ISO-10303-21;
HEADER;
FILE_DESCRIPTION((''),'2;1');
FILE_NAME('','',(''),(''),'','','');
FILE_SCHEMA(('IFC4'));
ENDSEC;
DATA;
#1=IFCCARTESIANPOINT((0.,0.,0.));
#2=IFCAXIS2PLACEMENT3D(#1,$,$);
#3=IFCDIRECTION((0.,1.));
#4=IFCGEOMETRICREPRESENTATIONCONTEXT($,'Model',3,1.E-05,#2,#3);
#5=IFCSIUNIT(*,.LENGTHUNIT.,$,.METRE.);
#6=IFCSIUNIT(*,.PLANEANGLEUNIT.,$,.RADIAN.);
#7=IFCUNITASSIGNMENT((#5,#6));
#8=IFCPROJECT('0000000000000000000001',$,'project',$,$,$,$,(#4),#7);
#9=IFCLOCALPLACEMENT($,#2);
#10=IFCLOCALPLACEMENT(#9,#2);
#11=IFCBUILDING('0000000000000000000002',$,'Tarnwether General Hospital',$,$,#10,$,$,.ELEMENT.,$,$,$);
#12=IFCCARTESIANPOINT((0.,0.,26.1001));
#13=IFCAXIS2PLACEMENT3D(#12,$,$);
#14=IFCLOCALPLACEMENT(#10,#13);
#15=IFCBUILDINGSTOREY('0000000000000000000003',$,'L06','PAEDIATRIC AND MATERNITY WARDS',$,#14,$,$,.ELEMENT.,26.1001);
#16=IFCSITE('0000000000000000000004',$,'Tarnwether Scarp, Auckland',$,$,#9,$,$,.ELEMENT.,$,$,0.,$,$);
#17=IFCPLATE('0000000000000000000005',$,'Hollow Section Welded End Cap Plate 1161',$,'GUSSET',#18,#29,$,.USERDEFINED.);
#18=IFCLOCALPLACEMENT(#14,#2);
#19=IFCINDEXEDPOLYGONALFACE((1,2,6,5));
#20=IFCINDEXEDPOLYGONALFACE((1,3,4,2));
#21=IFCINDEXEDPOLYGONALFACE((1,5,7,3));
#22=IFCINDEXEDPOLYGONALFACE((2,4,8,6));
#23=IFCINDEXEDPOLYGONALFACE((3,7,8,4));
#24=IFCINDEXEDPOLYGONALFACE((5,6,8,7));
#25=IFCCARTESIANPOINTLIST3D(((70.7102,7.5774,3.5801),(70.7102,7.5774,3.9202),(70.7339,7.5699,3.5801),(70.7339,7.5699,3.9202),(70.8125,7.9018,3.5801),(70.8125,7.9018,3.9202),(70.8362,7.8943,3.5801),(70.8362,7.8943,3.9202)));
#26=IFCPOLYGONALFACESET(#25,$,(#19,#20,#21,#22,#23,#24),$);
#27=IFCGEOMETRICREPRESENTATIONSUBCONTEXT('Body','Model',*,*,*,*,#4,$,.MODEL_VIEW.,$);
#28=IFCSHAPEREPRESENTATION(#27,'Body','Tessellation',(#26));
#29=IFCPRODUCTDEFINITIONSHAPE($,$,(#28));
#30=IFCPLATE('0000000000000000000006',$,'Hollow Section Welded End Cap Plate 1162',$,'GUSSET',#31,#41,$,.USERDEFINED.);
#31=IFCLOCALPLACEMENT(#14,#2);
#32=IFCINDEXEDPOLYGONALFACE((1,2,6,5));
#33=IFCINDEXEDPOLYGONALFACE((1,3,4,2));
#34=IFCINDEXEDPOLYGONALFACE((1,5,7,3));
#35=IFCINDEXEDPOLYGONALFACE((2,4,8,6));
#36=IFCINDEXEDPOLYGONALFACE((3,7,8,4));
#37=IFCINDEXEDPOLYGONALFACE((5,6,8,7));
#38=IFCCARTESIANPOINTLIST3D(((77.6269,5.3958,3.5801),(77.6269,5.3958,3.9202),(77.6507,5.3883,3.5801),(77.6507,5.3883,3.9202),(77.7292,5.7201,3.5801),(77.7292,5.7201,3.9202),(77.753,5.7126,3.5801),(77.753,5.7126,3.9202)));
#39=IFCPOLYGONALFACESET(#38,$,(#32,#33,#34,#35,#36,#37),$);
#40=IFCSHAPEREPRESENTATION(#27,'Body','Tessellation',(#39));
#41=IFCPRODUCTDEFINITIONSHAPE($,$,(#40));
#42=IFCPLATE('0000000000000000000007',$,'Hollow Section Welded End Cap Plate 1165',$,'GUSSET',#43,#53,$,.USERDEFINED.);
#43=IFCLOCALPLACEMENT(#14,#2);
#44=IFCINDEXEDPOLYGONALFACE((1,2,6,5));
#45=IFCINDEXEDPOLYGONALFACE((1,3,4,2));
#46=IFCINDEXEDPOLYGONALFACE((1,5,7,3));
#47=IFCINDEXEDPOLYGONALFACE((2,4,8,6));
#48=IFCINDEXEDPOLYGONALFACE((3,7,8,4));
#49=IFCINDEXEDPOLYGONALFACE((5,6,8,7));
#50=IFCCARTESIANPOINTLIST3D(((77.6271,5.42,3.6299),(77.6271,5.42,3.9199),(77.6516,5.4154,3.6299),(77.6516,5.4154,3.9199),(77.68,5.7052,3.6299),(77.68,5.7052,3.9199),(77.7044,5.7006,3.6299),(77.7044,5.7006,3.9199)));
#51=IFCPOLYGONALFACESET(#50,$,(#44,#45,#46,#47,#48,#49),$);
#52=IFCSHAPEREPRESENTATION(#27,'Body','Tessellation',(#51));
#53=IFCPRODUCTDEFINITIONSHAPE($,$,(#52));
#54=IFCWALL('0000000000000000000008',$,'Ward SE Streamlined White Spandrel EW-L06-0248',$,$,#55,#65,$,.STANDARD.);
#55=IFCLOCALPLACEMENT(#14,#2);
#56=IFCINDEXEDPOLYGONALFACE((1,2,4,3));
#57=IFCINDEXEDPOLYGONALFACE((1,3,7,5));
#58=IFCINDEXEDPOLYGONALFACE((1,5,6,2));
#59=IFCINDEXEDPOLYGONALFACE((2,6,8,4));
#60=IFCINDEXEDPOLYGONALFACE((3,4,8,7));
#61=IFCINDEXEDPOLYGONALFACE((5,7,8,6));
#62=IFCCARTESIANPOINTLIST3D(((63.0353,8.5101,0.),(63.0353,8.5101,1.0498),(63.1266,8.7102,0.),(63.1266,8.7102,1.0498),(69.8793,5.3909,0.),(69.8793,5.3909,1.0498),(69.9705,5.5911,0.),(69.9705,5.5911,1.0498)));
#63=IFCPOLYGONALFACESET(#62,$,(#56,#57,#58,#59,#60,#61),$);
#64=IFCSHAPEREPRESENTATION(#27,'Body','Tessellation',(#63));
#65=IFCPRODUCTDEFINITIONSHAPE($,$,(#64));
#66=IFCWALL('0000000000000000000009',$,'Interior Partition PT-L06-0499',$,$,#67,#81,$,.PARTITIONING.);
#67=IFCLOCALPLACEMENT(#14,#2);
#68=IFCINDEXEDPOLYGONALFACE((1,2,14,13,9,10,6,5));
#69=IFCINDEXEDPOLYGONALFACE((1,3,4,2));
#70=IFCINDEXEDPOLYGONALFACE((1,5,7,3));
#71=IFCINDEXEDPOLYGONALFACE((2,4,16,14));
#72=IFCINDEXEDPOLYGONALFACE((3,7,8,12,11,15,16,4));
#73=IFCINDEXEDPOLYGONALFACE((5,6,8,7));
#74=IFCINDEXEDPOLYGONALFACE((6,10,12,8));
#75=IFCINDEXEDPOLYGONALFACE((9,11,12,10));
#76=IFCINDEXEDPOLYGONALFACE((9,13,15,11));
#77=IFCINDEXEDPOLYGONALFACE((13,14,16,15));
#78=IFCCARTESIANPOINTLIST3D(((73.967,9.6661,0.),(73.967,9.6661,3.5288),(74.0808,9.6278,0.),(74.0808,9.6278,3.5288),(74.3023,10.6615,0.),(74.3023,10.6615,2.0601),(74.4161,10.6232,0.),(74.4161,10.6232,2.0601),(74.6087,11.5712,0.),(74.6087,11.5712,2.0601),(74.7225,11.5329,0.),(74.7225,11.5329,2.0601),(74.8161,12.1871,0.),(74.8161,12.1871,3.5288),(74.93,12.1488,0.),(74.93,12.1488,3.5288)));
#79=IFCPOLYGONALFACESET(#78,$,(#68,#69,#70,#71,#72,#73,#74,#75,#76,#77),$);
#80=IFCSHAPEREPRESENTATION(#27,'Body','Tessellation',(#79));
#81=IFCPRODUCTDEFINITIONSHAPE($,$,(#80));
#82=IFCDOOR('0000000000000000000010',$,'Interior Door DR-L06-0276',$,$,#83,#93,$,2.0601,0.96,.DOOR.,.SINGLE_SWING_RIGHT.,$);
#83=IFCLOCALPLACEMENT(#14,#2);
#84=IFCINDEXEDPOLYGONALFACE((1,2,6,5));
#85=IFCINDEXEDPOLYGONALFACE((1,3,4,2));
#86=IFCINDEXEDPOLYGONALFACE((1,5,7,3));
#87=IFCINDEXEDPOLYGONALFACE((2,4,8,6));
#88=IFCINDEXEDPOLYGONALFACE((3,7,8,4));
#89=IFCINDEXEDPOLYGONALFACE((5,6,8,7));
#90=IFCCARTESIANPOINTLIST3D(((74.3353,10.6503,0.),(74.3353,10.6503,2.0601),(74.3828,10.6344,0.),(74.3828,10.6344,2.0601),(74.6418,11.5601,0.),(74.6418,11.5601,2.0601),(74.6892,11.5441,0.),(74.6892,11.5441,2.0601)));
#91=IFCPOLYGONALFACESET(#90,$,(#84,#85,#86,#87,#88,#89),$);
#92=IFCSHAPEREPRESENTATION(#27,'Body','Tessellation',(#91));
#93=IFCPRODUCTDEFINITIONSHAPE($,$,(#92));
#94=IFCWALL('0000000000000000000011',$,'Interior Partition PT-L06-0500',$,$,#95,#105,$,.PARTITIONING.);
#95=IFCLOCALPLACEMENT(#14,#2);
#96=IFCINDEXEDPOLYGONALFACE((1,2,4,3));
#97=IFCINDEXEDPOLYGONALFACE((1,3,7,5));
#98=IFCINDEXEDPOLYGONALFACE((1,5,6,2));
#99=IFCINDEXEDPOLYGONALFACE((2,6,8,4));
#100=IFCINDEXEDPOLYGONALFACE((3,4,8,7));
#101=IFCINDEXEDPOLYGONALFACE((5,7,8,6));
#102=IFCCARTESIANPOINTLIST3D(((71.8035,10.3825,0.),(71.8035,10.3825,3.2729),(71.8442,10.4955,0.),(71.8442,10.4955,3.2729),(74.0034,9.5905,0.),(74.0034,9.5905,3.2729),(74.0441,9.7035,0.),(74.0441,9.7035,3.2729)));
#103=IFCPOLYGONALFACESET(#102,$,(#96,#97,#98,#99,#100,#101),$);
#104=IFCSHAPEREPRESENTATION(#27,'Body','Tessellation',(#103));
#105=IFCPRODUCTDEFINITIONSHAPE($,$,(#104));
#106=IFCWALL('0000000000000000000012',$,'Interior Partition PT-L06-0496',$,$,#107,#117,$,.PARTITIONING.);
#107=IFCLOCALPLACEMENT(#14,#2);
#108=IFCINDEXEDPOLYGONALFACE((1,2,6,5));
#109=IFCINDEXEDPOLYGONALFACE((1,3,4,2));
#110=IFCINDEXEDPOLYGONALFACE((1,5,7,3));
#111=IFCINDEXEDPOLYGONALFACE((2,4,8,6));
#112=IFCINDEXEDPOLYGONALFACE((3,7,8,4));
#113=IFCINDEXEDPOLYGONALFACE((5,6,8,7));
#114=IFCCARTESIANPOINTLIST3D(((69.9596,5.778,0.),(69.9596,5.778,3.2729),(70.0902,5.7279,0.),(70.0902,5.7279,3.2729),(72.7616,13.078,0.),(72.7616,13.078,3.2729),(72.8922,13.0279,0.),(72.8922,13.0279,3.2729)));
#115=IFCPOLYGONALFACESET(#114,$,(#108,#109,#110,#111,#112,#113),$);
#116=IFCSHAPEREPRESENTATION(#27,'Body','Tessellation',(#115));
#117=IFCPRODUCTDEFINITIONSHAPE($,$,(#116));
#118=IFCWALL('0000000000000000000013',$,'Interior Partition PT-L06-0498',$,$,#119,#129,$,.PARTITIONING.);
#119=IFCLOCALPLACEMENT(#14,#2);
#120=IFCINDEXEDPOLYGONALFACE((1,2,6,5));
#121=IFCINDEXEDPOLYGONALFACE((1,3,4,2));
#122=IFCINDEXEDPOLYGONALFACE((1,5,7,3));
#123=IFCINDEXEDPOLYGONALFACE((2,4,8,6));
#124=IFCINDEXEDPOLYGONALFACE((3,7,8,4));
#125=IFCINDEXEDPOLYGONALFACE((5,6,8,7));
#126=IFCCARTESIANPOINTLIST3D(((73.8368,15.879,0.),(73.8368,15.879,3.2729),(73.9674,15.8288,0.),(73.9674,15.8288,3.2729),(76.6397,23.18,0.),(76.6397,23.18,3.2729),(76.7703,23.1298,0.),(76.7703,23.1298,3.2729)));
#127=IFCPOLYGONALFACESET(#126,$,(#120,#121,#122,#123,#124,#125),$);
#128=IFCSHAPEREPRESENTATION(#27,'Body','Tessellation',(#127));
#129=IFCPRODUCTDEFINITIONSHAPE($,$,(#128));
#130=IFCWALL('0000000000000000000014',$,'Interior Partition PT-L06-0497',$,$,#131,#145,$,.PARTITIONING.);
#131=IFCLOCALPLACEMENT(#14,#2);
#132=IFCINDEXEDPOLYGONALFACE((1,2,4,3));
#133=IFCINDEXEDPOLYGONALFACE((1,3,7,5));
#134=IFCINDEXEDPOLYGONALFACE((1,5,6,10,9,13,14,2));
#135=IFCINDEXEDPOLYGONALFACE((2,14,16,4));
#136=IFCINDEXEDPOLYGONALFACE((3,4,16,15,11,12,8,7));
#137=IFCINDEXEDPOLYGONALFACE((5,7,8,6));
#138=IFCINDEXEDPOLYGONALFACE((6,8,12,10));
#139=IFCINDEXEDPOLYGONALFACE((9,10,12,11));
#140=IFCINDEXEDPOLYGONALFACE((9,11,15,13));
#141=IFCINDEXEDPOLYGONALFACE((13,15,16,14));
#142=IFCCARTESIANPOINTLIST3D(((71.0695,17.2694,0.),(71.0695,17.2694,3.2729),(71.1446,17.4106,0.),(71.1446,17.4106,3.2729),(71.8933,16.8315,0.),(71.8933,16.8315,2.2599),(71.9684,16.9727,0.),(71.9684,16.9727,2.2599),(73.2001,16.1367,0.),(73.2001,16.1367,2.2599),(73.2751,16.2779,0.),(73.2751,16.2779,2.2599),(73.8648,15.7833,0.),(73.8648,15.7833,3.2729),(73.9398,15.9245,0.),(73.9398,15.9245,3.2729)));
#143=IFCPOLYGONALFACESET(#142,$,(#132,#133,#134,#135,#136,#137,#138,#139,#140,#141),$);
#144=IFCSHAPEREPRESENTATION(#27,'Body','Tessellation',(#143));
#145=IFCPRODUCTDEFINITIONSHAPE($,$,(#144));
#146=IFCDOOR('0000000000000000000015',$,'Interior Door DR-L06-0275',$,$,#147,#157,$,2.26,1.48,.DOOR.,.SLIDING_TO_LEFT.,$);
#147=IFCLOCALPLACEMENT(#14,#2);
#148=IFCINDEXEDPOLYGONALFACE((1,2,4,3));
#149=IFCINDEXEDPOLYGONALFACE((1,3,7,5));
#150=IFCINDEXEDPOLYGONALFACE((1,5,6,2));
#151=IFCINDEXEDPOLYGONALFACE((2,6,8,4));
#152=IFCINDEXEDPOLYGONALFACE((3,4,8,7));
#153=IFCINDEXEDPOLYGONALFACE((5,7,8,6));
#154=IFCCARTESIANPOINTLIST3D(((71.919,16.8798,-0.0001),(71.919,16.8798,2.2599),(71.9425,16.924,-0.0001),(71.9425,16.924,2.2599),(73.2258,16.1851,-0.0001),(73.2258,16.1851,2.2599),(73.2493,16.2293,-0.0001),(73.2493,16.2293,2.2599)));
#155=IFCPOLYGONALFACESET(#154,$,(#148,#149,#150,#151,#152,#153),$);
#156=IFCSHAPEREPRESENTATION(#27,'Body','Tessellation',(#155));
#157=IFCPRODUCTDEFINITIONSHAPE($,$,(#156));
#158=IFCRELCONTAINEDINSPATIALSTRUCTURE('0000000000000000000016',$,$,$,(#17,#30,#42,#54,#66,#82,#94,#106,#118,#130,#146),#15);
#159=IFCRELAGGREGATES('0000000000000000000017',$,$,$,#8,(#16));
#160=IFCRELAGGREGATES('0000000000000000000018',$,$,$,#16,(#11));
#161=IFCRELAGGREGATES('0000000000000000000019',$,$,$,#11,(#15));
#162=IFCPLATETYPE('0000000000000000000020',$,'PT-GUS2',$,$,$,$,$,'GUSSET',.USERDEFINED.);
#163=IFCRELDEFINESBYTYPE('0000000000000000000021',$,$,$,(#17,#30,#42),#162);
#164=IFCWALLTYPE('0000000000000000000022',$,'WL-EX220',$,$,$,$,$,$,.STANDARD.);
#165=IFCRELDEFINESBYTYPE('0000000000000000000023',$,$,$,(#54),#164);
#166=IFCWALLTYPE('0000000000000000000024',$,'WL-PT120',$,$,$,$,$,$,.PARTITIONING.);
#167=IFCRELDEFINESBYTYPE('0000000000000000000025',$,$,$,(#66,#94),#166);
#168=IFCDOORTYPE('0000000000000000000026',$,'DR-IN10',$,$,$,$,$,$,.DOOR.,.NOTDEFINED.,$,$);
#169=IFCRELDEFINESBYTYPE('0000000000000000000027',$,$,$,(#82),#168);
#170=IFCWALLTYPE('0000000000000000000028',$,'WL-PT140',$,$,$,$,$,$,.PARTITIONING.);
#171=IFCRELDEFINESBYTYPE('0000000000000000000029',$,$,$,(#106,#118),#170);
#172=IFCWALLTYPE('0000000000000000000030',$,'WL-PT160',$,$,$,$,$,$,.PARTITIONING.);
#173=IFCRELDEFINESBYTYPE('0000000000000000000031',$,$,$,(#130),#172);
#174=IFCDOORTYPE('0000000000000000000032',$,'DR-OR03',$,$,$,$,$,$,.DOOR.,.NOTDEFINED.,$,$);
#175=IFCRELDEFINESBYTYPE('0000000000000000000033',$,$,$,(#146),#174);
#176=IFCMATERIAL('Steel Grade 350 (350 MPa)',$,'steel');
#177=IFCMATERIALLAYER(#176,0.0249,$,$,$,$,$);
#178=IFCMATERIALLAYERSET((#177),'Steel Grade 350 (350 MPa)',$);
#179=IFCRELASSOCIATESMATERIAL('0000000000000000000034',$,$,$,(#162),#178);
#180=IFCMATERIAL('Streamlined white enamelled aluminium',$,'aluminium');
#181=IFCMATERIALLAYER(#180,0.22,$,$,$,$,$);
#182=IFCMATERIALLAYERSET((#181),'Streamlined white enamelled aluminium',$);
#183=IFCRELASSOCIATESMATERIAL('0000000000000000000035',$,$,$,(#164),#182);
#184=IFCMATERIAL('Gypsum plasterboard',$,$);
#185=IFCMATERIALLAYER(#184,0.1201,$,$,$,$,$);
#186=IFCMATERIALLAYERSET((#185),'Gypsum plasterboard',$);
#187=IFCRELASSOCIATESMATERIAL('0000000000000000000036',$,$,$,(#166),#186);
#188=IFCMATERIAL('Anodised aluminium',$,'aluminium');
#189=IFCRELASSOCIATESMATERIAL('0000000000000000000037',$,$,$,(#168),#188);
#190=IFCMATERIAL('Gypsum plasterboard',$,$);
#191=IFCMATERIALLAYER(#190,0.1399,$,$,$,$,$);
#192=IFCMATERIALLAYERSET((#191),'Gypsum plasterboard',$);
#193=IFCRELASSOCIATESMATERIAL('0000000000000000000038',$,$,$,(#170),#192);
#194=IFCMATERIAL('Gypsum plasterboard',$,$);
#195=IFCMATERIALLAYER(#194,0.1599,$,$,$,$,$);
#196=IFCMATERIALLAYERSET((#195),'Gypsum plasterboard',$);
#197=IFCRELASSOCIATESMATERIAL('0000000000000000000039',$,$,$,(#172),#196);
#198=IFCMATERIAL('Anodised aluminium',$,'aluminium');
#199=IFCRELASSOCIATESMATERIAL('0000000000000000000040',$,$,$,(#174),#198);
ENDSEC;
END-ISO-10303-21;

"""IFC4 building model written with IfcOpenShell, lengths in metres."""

from ifc_helpers import new_model, si_unit, direction, frame, frame_2d, origin, origin_2d, place, context, subcontext, project, spatial, rectangle, extrude, material, layer, layer_set, type_object, element, fill, save


model = new_model("IFC4")

# Units and contexts
model_context = context("Model", 3, precision=1e-05, world=origin(), true_north=direction((0.0, 1.0)))
body_context = subcontext(model_context, "Body", "Model", "MODEL_VIEW")
ifc_project = project(units=[si_unit("LENGTHUNIT", "METRE"), si_unit("PLANEANGLEUNIT", "RADIAN")], contexts=[model_context])

# Site, building, storey
site_placement = place(None, origin())
site = spatial("IfcSite", under=ifc_project, at=site_placement, Name="Tarnwether Scarp, Auckland", CompositionType="ELEMENT", RefElevation=0.0)
building_placement = place(site_placement, origin())
building = spatial("IfcBuilding", under=site, at=building_placement, Name="Tarnwether General Hospital", CompositionType="ELEMENT")
storey_placement = place(building_placement, frame((0.0, 0.0, 26.1001)))
storey = spatial("IfcBuildingStorey", under=building, at=storey_placement, Name="L06", Description="PAEDIATRIC AND MATERNITY WARDS", CompositionType="ELEMENT", Elevation=26.1001)

# Plates
ifc_material_1 = material(Name="Steel Grade 350 (350 MPa)", Category="steel")
ifc_layer_1 = layer(ifc_material_1, 0.0249)
ifc_layer_set_1 = layer_set([ifc_layer_1], Name="Steel Grade 350 (350 MPa)")
plate_type_1 = type_object("IfcPlateType", Name="PT-GUS2", ElementType="GUSSET", PredefinedType="USERDEFINED", material=ifc_layer_set_1)
for number, where, z_axis, x_axis, name in (
    (1, (70.7732, 7.7358, 3.5801), (0.0, 0.0, 1.0), (0.953691, -0.300789, 0.0), "Hollow Section Welded End Cap Plate 1161"),
    (2, (77.6899, 5.5542, 3.5801), (0.0, 0.0, 1.0), (0.953691, -0.300789, 0.0), "Hollow Section Welded End Cap Plate 1162"),
):
    element("IfcPlate", number, at=place(storey_placement, frame(where, z_axis=z_axis, x_axis=x_axis)), inside=storey, type_object=plate_type_1, Name=name, ObjectType="GUSSET", PredefinedType="USERDEFINED", context=body_context, shape_type="SweptSolid", body=[
        extrude(rectangle(XDim=0.0249, YDim=0.3401, at=origin_2d()), origin(), (0.0, 0.0, 1.0), 0.3401),
    ])
plate_1_placement = place(storey_placement, frame((77.6658, 5.5603, 3.6299), z_axis=(0.0, 0.0, 1.0), x_axis=(0.983261, -0.182201, 0.0)))
element("IfcPlate", 3, at=plate_1_placement, inside=storey, type_object=plate_type_1, Name="Hollow Section Welded End Cap Plate 1165", ObjectType="GUSSET", PredefinedType="USERDEFINED", context=body_context, shape_type="SweptSolid", body=[
    extrude(rectangle(XDim=0.0249, YDim=0.29, at=origin_2d()), origin(), (0.0, 0.0, 1.0), 0.29),
])

# Wall
ifc_material_2 = material(Name="Streamlined white enamelled aluminium", Category="aluminium")
ifc_layer_2 = layer(ifc_material_2, 0.22)
ifc_layer_set_2 = layer_set([ifc_layer_2], Name="Streamlined white enamelled aluminium")
wall_type_1 = type_object("IfcWallType", Name="WL-EX220", PredefinedType="STANDARD", material=ifc_layer_set_2)
wall_1_placement = place(storey_placement, frame((69.925, 5.491, 0.0), z_axis=(0.0, 0.0, 1.0), x_axis=(-0.909954, 0.41471, 0.0)))
element("IfcWall", 4, at=wall_1_placement, inside=storey, type_object=wall_type_1, Name="Ward SE Streamlined White Spandrel EW-L06-0248", PredefinedType="STANDARD", context=body_context, shape_type="SweptSolid", body=[
    extrude(rectangle(XDim=7.5212, YDim=0.22, at=frame_2d((3.7607, 0.0))), origin(), (0.0, 0.0, 1.0), 1.0498),
])

# Wall, opening, door
ifc_material_3 = material(Name="Gypsum plasterboard")
ifc_layer_3 = layer(ifc_material_3, 0.1201)
ifc_layer_set_3 = layer_set([ifc_layer_3], Name="Gypsum plasterboard")
wall_type_2 = type_object("IfcWallType", Name="WL-PT120", PredefinedType="PARTITIONING", material=ifc_layer_set_3)
wall_2_placement = place(storey_placement, frame((74.873, 12.168, 0.0), z_axis=(0.0, 0.0, 1.0), x_axis=(-0.3192, -0.947687, 0.0)))
wall_2 = element("IfcWall", 5, at=wall_2_placement, inside=storey, type_object=wall_type_2, Name="Interior Partition PT-L06-0499", PredefinedType="PARTITIONING", context=body_context, shape_type="SweptSolid", body=[
    extrude(rectangle(XDim=2.6602, YDim=0.1201, at=frame_2d((1.3301, 0.0))), origin(), (0.0, 0.0, 1.0), 3.5288),
])
opening_1_placement = place(wall_2_placement, frame((0.6499, 0.0, 0.0)))
opening_1 = element("IfcOpeningElement", 6, at=opening_1_placement, cuts=wall_2, PredefinedType="OPENING", context=body_context, shape_type="SweptSolid", body=[
    extrude(rectangle(XDim=0.96, YDim=2.0601, at=frame_2d((0.48, 1.03))), frame((0.0, 0.0701, 0.0), z_axis=(0.0, -1.0, 0.0), x_axis=(1.0, 0.0, 0.0)), (0.0, 0.0, 1.0), 0.1401),
])
ifc_material_4 = material(Name="Anodised aluminium", Category="aluminium")
door_type_1 = type_object("IfcDoorType", Name="DR-IN10", OperationType="NOTDEFINED", PredefinedType="DOOR", material=ifc_material_4)
door_1_placement = place(opening_1_placement, origin())
door_1 = element("IfcDoor", 7, at=door_1_placement, inside=storey, type_object=door_type_1, Name="Interior Door DR-L06-0276", OperationType="SINGLE_SWING_RIGHT", OverallHeight=2.0601, OverallWidth=0.96, PredefinedType="DOOR", context=body_context, shape_type="SweptSolid", body=[
    extrude(rectangle(XDim=0.96, YDim=2.0601, at=frame_2d((0.48, 1.03))), frame((0.0, 0.0249, 0.0), z_axis=(0.0, -1.0, 0.0), x_axis=(1.0, 0.0, 0.0)), (0.0, 0.0, 1.0), 0.05),
])
fill(opening_1, door_1)

# Walls
wall_3_placement = place(storey_placement, frame((71.824, 10.439, 0.0), z_axis=(0.0, 0.0, 1.0), x_axis=(0.940886, -0.338723, 0.0)))
element("IfcWall", 8, at=wall_3_placement, inside=storey, type_object=wall_type_2, Name="Interior Partition PT-L06-0500", PredefinedType="PARTITIONING", context=body_context, shape_type="SweptSolid", body=[
    extrude(rectangle(XDim=2.3381, YDim=0.1201, at=frame_2d((1.1689, 0.0))), origin(), (0.0, 0.0, 1.0), 3.2729),
])
ifc_material_5 = material(Name="Gypsum plasterboard")
ifc_layer_4 = layer(ifc_material_5, 0.1399)
ifc_layer_set_4 = layer_set([ifc_layer_4], Name="Gypsum plasterboard")
wall_type_3 = type_object("IfcWallType", Name="WL-PT140", PredefinedType="PARTITIONING", material=ifc_layer_set_4)
wall_4_placement = place(storey_placement, frame((72.8269, 13.053, 0.0), z_axis=(0.0, 0.0, 1.0), x_axis=(-0.358343, -0.93359, 0.0)))
element("IfcWall", 9, at=wall_4_placement, inside=storey, type_object=wall_type_3, Name="Interior Partition PT-L06-0496", PredefinedType="PARTITIONING", context=body_context, shape_type="SweptSolid", body=[
    extrude(rectangle(XDim=7.8193, YDim=0.1399, at=frame_2d((3.9097, 0.0))), origin(), (0.0, 0.0, 1.0), 3.2729),
])
wall_5_placement = place(storey_placement, frame((73.9021, 15.854, 0.0), z_axis=(0.0, 0.0, 1.0), x_axis=(0.35841, 0.933564, 0.0)))
element("IfcWall", 10, at=wall_5_placement, inside=storey, type_object=wall_type_3, Name="Interior Partition PT-L06-0498", PredefinedType="PARTITIONING", context=body_context, shape_type="SweptSolid", body=[
    extrude(rectangle(XDim=7.8206, YDim=0.1399, at=frame_2d((3.9102, 0.0))), origin(), (0.0, 0.0, 1.0), 3.2729),
])

# Wall, opening, door
ifc_material_6 = material(Name="Gypsum plasterboard")
ifc_layer_5 = layer(ifc_material_6, 0.1599)
ifc_layer_set_5 = layer_set([ifc_layer_5], Name="Gypsum plasterboard")
wall_type_4 = type_object("IfcWallType", Name="WL-PT160", PredefinedType="PARTITIONING", material=ifc_layer_set_5)
wall_6_placement = place(storey_placement, frame((71.1069, 17.3401, 0.0), z_axis=(0.0, 0.0, 1.0), x_axis=(0.882965, -0.469439, 0.0)))
wall_6 = element("IfcWall", 11, at=wall_6_placement, inside=storey, type_object=wall_type_4, Name="Interior Partition PT-L06-0497", PredefinedType="PARTITIONING", context=body_context, shape_type="SweptSolid", body=[
    extrude(rectangle(XDim=3.1658, YDim=0.1599, at=frame_2d((1.583, 0.0))), origin(), (0.0, 0.0, 1.0), 3.2729),
])
opening_2_placement = place(wall_6_placement, frame((0.9331, 0.0, 0.0)))
opening_2 = element("IfcOpeningElement", 12, at=opening_2_placement, cuts=wall_6, PredefinedType="OPENING", context=body_context, shape_type="SweptSolid", body=[
    extrude(rectangle(XDim=1.48, YDim=2.26, at=frame_2d((0.74, 1.1299))), frame((0.0, 0.0898, 0.0), z_axis=(0.0, -1.0, 0.0), x_axis=(1.0, 0.0, 0.0)), (0.0, 0.0, 1.0), 0.1799),
])
ifc_material_7 = material(Name="Anodised aluminium", Category="aluminium")
door_type_2 = type_object("IfcDoorType", Name="DR-OR03", OperationType="NOTDEFINED", PredefinedType="DOOR", material=ifc_material_7)
door_2_placement = place(opening_2_placement, origin())
door_2 = element("IfcDoor", 13, at=door_2_placement, inside=storey, type_object=door_type_2, Name="Interior Door DR-L06-0275", OperationType="SLIDING_TO_LEFT", OverallHeight=2.26, OverallWidth=1.48, PredefinedType="DOOR", context=body_context, shape_type="SweptSolid", body=[
    extrude(rectangle(XDim=1.48, YDim=2.26, at=frame_2d((0.74, 1.1299))), frame((0.0, 0.0249, 0.0), z_axis=(0.0, -1.0, 0.0), x_axis=(1.0, 0.0, 0.0)), (0.0, 0.0, 1.0), 0.05),
])
fill(opening_2, door_2)

save(model, "model.ifc")
